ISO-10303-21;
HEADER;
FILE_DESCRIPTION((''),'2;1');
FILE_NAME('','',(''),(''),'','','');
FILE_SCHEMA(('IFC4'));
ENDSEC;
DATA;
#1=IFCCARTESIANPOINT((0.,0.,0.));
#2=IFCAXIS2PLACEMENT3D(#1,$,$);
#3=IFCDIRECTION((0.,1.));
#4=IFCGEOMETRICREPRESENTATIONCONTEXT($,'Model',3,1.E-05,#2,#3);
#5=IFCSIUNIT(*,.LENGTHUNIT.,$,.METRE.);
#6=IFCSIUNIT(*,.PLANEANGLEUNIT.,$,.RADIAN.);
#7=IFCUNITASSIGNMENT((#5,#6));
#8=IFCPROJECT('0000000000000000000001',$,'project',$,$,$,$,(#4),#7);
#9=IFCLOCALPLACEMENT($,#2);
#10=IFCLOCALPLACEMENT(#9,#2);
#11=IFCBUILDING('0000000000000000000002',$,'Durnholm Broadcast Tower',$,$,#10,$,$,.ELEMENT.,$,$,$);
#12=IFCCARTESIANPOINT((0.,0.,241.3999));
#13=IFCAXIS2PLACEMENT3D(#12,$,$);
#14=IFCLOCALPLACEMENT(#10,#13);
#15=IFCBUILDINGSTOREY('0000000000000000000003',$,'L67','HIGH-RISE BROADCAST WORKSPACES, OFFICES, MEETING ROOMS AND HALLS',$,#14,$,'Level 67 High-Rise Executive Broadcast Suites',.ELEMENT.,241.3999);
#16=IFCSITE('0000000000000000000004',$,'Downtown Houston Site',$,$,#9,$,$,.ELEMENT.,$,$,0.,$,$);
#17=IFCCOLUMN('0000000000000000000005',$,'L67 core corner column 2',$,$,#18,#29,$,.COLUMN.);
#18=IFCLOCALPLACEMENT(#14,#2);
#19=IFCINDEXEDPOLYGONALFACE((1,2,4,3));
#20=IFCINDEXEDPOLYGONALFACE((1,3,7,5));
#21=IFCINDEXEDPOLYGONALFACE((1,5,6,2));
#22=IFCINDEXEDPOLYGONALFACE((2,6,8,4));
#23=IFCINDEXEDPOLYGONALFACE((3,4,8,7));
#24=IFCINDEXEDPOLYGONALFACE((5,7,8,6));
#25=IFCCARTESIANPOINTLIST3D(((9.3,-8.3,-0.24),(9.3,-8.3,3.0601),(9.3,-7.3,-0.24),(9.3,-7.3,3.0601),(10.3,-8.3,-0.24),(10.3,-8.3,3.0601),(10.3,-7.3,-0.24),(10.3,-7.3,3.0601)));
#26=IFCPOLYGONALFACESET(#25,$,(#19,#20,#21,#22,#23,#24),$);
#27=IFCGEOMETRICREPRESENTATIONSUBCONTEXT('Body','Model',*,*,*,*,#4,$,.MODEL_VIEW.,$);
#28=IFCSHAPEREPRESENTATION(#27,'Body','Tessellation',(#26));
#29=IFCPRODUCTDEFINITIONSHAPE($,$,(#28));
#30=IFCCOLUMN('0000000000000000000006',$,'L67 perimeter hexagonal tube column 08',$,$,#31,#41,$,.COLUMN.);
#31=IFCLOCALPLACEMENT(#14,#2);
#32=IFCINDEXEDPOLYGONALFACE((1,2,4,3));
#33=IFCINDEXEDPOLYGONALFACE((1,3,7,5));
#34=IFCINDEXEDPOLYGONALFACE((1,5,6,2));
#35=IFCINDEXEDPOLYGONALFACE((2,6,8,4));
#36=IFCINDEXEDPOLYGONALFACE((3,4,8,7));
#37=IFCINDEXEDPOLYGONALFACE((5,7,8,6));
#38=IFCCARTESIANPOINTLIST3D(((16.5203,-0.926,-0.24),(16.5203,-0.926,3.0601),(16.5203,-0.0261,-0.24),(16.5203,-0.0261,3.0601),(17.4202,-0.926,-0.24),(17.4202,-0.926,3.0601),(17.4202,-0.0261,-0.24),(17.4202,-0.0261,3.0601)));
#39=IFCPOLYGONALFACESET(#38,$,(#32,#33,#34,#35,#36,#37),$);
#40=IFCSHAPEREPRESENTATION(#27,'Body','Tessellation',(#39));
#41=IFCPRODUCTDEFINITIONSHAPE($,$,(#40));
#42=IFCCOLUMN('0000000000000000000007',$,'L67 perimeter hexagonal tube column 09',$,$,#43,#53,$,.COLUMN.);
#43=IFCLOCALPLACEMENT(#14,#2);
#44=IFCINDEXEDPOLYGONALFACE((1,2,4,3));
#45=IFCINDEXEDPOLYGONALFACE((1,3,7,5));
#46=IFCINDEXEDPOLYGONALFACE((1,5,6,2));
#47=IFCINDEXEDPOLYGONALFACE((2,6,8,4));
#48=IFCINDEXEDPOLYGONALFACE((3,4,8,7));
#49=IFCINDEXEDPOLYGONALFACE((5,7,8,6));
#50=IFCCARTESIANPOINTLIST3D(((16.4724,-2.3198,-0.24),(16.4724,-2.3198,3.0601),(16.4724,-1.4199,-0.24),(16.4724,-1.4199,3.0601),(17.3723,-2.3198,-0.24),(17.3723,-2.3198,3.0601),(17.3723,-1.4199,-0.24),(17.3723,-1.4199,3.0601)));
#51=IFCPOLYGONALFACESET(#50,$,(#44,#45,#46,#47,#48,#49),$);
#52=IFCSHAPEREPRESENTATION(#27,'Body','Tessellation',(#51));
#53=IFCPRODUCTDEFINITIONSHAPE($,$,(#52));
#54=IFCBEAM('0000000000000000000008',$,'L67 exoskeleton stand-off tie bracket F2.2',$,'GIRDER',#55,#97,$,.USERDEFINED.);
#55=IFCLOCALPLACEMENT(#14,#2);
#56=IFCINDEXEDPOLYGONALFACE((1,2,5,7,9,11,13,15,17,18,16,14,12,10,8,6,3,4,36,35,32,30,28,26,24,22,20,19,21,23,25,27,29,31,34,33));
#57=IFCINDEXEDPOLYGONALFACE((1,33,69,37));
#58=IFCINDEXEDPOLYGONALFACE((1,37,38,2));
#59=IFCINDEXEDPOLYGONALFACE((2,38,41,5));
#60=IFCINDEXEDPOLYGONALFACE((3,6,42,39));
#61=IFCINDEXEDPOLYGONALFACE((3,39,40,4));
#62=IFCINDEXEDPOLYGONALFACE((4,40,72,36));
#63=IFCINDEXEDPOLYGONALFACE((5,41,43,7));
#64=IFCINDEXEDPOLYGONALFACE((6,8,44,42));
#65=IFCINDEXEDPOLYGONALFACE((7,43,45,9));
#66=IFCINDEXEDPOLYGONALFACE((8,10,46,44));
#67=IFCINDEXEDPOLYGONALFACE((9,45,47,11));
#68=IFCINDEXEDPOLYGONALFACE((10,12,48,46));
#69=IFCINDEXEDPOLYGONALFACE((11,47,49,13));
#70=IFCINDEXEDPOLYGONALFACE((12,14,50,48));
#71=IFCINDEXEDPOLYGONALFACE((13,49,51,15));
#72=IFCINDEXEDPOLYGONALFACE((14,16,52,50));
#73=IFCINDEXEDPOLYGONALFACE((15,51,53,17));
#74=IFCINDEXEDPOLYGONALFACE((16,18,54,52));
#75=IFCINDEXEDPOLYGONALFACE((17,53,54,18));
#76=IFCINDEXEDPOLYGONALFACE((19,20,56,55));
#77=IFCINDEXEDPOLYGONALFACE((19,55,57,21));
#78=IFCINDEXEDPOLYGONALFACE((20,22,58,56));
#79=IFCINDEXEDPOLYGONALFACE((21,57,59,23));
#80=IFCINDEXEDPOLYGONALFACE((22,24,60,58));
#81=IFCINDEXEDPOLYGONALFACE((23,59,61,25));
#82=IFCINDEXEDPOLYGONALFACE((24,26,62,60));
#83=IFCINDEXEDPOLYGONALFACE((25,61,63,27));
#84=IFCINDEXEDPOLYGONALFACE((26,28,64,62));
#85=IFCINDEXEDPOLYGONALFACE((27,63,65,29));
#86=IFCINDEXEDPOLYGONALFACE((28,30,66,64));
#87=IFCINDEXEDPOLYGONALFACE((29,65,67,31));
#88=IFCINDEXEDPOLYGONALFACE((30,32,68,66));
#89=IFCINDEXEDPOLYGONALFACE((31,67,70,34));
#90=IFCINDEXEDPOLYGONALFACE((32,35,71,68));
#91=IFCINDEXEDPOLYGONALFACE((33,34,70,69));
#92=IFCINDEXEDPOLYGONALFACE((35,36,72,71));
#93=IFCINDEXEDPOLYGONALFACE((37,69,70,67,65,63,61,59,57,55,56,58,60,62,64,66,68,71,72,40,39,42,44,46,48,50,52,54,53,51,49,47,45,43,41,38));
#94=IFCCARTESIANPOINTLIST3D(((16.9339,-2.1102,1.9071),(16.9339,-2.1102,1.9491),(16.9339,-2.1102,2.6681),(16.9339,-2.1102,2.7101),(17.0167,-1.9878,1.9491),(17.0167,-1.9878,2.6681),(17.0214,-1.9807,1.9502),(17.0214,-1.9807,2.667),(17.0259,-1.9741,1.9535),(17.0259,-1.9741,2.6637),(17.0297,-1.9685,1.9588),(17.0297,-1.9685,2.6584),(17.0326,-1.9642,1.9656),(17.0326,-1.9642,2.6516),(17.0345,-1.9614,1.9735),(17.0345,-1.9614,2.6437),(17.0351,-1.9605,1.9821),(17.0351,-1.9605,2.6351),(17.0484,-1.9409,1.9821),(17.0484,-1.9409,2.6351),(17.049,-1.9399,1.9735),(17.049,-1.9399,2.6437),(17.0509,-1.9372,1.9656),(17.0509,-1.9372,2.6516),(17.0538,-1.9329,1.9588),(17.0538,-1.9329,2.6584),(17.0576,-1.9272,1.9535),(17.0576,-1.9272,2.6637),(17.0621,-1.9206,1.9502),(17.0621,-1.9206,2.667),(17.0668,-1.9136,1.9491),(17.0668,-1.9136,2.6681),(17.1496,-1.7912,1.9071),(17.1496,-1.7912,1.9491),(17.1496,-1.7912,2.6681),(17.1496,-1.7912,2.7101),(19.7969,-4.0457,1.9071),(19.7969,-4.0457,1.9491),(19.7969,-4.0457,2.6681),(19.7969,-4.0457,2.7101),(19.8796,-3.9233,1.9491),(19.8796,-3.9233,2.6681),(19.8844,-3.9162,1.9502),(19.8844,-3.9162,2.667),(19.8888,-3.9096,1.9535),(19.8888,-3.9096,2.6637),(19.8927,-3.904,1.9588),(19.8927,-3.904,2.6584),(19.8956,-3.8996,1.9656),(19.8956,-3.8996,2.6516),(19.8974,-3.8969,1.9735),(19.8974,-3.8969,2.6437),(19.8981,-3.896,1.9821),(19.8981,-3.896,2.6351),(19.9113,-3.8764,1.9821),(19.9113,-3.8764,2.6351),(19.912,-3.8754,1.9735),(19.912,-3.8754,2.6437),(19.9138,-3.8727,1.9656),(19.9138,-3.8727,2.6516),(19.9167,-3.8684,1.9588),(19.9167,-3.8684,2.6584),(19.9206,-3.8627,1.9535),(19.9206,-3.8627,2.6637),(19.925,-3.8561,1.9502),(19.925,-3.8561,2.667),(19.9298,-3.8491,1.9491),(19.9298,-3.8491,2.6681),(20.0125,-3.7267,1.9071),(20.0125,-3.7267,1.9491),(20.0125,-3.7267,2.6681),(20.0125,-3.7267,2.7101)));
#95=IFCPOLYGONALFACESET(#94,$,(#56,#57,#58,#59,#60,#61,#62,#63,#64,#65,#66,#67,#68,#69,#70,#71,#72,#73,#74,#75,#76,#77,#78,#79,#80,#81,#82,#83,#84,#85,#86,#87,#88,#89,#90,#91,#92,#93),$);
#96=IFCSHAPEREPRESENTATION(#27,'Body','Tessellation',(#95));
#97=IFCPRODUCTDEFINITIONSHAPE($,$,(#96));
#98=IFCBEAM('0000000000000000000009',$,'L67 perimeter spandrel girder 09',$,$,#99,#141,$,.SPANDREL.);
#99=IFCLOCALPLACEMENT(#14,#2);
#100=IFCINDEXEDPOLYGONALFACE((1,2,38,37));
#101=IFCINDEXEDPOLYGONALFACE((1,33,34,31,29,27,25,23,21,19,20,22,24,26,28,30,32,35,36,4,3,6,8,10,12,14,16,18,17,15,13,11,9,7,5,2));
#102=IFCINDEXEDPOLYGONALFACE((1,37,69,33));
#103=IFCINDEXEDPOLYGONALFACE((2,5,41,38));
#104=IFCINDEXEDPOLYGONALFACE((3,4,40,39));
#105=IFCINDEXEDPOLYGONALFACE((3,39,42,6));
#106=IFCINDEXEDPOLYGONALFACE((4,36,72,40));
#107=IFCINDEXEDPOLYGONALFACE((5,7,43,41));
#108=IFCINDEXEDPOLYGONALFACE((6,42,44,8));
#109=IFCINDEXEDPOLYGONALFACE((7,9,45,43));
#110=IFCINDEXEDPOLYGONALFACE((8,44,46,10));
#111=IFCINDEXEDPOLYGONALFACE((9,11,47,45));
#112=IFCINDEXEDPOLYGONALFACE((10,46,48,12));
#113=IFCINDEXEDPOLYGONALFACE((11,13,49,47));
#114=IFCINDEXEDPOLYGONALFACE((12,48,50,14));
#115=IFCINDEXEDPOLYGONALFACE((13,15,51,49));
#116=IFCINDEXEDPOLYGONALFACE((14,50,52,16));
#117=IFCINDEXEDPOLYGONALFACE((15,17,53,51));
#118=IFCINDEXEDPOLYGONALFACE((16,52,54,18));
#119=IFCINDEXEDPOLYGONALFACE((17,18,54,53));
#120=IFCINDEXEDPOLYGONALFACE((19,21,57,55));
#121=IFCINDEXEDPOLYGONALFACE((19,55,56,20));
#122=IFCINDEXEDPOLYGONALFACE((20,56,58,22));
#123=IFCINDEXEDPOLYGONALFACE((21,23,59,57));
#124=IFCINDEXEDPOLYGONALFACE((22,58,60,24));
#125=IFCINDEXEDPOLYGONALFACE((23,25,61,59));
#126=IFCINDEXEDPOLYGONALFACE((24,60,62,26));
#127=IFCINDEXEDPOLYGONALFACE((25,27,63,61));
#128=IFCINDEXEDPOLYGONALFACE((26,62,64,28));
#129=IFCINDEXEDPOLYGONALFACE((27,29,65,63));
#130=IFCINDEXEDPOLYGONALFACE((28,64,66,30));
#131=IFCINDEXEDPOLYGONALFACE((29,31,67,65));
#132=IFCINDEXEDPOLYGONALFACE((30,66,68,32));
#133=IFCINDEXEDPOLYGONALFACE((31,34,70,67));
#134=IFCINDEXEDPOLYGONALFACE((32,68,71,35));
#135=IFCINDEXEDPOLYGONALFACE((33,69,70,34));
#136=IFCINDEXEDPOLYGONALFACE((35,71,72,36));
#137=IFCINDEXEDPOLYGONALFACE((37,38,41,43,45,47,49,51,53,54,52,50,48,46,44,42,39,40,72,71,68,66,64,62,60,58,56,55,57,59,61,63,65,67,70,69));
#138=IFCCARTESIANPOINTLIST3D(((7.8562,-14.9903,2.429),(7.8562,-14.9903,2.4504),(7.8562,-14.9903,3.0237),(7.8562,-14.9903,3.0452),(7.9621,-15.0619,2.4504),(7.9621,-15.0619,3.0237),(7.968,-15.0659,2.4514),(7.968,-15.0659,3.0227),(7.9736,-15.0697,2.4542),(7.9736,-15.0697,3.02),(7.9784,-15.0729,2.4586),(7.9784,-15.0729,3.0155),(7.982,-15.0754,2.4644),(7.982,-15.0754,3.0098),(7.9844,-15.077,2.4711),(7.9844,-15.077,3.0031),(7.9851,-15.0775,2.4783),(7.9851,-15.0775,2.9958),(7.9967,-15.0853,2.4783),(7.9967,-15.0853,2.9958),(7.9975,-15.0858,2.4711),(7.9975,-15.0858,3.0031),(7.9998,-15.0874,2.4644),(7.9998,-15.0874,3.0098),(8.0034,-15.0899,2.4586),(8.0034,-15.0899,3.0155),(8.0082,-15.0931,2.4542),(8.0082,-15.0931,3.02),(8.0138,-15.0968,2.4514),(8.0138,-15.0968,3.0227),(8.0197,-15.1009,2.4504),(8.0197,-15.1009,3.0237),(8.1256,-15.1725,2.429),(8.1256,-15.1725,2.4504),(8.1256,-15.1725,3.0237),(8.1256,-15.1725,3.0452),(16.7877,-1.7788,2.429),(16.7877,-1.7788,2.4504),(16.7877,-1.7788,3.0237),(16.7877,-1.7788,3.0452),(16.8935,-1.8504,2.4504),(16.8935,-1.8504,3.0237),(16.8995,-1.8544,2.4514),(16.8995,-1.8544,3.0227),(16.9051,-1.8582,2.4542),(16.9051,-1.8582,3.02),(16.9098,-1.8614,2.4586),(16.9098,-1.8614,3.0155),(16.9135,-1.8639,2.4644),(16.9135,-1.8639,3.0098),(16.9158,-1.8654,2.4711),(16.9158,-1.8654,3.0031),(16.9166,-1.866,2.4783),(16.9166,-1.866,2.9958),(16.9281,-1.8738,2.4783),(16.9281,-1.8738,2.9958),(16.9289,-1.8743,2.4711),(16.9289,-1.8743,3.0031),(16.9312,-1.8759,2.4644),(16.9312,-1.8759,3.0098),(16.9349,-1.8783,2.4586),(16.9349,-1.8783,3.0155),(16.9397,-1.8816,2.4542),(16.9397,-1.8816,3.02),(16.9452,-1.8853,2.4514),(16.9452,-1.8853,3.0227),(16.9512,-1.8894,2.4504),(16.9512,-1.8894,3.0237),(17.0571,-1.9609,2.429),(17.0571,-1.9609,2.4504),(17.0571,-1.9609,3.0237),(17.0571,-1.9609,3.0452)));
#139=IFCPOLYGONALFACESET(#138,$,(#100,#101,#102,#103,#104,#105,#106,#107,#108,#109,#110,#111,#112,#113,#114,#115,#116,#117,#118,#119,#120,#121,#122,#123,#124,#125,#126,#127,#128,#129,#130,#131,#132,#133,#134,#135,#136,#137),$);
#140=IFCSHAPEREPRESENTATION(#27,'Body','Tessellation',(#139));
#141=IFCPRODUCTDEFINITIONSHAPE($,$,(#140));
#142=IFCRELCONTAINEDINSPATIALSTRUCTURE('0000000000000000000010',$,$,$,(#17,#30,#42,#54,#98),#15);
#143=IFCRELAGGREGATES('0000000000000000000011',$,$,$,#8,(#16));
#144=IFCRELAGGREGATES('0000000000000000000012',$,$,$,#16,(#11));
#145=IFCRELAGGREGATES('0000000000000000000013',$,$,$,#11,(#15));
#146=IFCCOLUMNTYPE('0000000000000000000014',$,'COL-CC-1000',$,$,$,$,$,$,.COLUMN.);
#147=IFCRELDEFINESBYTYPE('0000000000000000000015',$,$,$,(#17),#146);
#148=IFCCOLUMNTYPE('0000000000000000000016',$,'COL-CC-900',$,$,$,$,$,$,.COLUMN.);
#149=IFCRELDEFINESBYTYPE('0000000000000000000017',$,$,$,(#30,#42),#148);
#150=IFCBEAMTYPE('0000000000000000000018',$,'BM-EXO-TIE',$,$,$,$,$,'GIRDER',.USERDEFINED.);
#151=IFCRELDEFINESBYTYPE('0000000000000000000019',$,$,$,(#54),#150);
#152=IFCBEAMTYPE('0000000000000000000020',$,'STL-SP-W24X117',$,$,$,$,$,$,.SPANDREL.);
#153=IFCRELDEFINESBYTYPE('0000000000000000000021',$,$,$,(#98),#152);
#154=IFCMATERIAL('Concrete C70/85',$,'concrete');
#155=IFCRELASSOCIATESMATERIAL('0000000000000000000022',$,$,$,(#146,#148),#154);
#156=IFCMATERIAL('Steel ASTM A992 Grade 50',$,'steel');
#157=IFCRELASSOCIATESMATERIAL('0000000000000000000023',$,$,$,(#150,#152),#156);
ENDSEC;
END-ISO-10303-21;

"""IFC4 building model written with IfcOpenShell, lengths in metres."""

from ifc_helpers import new_model, si_unit, direction, frame, origin, origin_2d, place, context, subcontext, project, spatial, rectangle, i_section, extrude, source, transform, mapped, material, material_profile, profile_set, type_object, type_shapes, element, save


model = new_model("IFC4")

# Units and contexts
model_context = context("Model", 3, precision=1e-05, world=origin(), true_north=direction((0.0, 1.0)))
body_context = subcontext(model_context, "Body", "Model", "MODEL_VIEW")
ifc_project = project(units=[si_unit("LENGTHUNIT", "METRE"), si_unit("PLANEANGLEUNIT", "RADIAN")], contexts=[model_context])

# Site, building, storey
site_placement = place(None, origin())
site = spatial("IfcSite", under=ifc_project, at=site_placement, Name="Downtown Houston Site", CompositionType="ELEMENT", RefElevation=0.0)
building_placement = place(site_placement, origin())
building = spatial("IfcBuilding", under=site, at=building_placement, Name="Durnholm Broadcast Tower", CompositionType="ELEMENT")
storey_placement = place(building_placement, frame((0.0, 0.0, 241.3999)))
storey = spatial("IfcBuildingStorey", under=building, at=storey_placement, Name="L67", Description="HIGH-RISE BROADCAST WORKSPACES, OFFICES, MEETING ROOMS AND HALLS", LongName="Level 67 High-Rise Executive Broadcast Suites", CompositionType="ELEMENT", Elevation=241.3999)

# Columns
ifc_material_1 = material(Name="Concrete C70/85", Category="concrete")
ifc_material_profile_1 = material_profile(ifc_material_1, rectangle(XDim=1.0, YDim=1.0, at=origin_2d()), Name="RC1000X1000")
ifc_profile_set_1 = profile_set([ifc_material_profile_1], Name="Concrete C70/85")
column_type_1 = type_object("IfcColumnType", Name="COL-CC-1000", PredefinedType="COLUMN", material=ifc_profile_set_1)
shared_shape_1 = source(origin(), body_context, "Body", "SweptSolid", [
    extrude(rectangle(XDim=1.0, YDim=1.0, at=origin_2d()), origin(), (0.0, 0.0, 1.0), 3.3),
])
type_shapes(column_type_1, [shared_shape_1])
column_placement = place(storey_placement, frame((9.8, -7.8, -0.24), z_axis=(0.0, 0.0, 1.0), x_axis=(1.0, 0.0, 0.0)))
element("IfcColumn", 1, at=column_placement, inside=storey, type_object=column_type_1, Name="L67 core corner column 2", PredefinedType="COLUMN", context=body_context, shape_type="MappedRepresentation", body=[
    mapped(shared_shape_1, transform((0.0, 0.0, 0.0), x_axis=(1.0, 0.0, 0.0), y_axis=(0.0, 1.0, 0.0), z_axis=(0.0, 0.0, 1.0), scale=1.0)),
])
ifc_material_profile_2 = material_profile(ifc_material_1, rectangle(XDim=0.8999, YDim=0.8999, at=origin_2d()), Name="RC900X900")
ifc_profile_set_2 = profile_set([ifc_material_profile_2], Name="Concrete C70/85")
column_type_2 = type_object("IfcColumnType", Name="COL-CC-900", PredefinedType="COLUMN", material=ifc_profile_set_2)
shared_shape_2 = source(origin(), body_context, "Body", "SweptSolid", [
    extrude(rectangle(XDim=0.8999, YDim=0.8999, at=origin_2d()), origin(), (0.0, 0.0, 1.0), 3.3),
])
type_shapes(column_type_2, [shared_shape_2])
for number, where, z_axis, x_axis, name in (
    (2, (16.9702, -0.4761, -0.24), (0.0, 0.0, 1.0), (1.0, 0.0, 0.0), "L67 perimeter hexagonal tube column 08"),
    (3, (16.9224, -1.8699, -0.24), (0.0, 0.0, 1.0), (1.0, 0.0, 0.0), "L67 perimeter hexagonal tube column 09"),
):
    element("IfcColumn", number, at=place(storey_placement, frame(where, z_axis=z_axis, x_axis=x_axis)), inside=storey, type_object=column_type_2, Name=name, PredefinedType="COLUMN", context=body_context, shape_type="MappedRepresentation", body=[
        mapped(shared_shape_2, transform((0.0, 0.0, 0.0), x_axis=(1.0, 0.0, 0.0), y_axis=(0.0, 1.0, 0.0), z_axis=(0.0, 0.0, 1.0), scale=1.0)),
    ])

# Beams
ifc_material_2 = material(Name="Steel ASTM A992 Grade 50", Category="steel")
ifc_material_profile_3 = material_profile(ifc_material_2, i_section(OverallWidth=0.385, OverallDepth=0.803, WebThickness=0.0237, FlangeThickness=0.042, FilletRadius=0.033, at=origin_2d()), Name="W30X261")
ifc_profile_set_3 = profile_set([ifc_material_profile_3], Name="Steel ASTM A992 Grade 50")
beam_type_1 = type_object("IfcBeamType", Name="BM-EXO-TIE", ElementType="GIRDER", PredefinedType="USERDEFINED", material=ifc_profile_set_3)
shared_shape_3 = source(origin(), body_context, "Body", "SweptSolid", [
    extrude(i_section(OverallWidth=0.385, OverallDepth=0.803, WebThickness=0.0237, FlangeThickness=0.042, FilletRadius=0.033, at=origin_2d()), origin(), (0.0, 0.0, 1.0), 3.4558),
])
type_shapes(beam_type_1, [shared_shape_3])
beam_1_placement = place(storey_placement, frame((17.0417, -1.9507, 2.3086), z_axis=(0.828446, -0.560068, 0.0), x_axis=(0.560068, 0.828446, 0.0)))
element("IfcBeam", 4, at=beam_1_placement, inside=storey, type_object=beam_type_1, Name="L67 exoskeleton stand-off tie bracket F2.2", ObjectType="GIRDER", PredefinedType="USERDEFINED", context=body_context, shape_type="MappedRepresentation", body=[
    mapped(shared_shape_3, transform((0.0, 0.0, 0.0), x_axis=(1.0, 0.0, 0.0), y_axis=(0.0, 1.0, 0.0), z_axis=(0.0, 0.0, 1.0), scale=1.0)),
])
ifc_material_profile_4 = material_profile(ifc_material_2, i_section(OverallWidth=0.3252, OverallDepth=0.6162, WebThickness=0.0139, FlangeThickness=0.0215, FilletRadius=0.0278, at=origin_2d()), Name="W24X117")
ifc_profile_set_4 = profile_set([ifc_material_profile_4], Name="Steel ASTM A992 Grade 50")
beam_type_2 = type_object("IfcBeamType", Name="STL-SP-W24X117", PredefinedType="SPANDREL", material=ifc_profile_set_4)
shared_shape_4 = source(origin(), body_context, "Body", "SweptSolid", [
    extrude(i_section(OverallWidth=0.3252, OverallDepth=0.6162, WebThickness=0.0139, FlangeThickness=0.0215, FilletRadius=0.0278, at=origin_2d()), origin(), (0.0, 0.0, 1.0), 15.9473),
])
type_shapes(beam_type_2, [shared_shape_4])
beam_2_placement = place(storey_placement, frame((16.9224, -1.8699, 2.7371), z_axis=(-0.560062, -0.828451, 0.0), x_axis=(0.828451, -0.560062, 0.0)))
element("IfcBeam", 5, at=beam_2_placement, inside=storey, type_object=beam_type_2, Name="L67 perimeter spandrel girder 09", PredefinedType="SPANDREL", context=body_context, shape_type="MappedRepresentation", body=[
    mapped(shared_shape_4, transform((0.0, 0.0, 0.0), x_axis=(1.0, 0.0, 0.0), y_axis=(0.0, 1.0, 0.0), z_axis=(0.0, 0.0, 1.0), scale=1.0)),
])

save(model, "model.ifc")
